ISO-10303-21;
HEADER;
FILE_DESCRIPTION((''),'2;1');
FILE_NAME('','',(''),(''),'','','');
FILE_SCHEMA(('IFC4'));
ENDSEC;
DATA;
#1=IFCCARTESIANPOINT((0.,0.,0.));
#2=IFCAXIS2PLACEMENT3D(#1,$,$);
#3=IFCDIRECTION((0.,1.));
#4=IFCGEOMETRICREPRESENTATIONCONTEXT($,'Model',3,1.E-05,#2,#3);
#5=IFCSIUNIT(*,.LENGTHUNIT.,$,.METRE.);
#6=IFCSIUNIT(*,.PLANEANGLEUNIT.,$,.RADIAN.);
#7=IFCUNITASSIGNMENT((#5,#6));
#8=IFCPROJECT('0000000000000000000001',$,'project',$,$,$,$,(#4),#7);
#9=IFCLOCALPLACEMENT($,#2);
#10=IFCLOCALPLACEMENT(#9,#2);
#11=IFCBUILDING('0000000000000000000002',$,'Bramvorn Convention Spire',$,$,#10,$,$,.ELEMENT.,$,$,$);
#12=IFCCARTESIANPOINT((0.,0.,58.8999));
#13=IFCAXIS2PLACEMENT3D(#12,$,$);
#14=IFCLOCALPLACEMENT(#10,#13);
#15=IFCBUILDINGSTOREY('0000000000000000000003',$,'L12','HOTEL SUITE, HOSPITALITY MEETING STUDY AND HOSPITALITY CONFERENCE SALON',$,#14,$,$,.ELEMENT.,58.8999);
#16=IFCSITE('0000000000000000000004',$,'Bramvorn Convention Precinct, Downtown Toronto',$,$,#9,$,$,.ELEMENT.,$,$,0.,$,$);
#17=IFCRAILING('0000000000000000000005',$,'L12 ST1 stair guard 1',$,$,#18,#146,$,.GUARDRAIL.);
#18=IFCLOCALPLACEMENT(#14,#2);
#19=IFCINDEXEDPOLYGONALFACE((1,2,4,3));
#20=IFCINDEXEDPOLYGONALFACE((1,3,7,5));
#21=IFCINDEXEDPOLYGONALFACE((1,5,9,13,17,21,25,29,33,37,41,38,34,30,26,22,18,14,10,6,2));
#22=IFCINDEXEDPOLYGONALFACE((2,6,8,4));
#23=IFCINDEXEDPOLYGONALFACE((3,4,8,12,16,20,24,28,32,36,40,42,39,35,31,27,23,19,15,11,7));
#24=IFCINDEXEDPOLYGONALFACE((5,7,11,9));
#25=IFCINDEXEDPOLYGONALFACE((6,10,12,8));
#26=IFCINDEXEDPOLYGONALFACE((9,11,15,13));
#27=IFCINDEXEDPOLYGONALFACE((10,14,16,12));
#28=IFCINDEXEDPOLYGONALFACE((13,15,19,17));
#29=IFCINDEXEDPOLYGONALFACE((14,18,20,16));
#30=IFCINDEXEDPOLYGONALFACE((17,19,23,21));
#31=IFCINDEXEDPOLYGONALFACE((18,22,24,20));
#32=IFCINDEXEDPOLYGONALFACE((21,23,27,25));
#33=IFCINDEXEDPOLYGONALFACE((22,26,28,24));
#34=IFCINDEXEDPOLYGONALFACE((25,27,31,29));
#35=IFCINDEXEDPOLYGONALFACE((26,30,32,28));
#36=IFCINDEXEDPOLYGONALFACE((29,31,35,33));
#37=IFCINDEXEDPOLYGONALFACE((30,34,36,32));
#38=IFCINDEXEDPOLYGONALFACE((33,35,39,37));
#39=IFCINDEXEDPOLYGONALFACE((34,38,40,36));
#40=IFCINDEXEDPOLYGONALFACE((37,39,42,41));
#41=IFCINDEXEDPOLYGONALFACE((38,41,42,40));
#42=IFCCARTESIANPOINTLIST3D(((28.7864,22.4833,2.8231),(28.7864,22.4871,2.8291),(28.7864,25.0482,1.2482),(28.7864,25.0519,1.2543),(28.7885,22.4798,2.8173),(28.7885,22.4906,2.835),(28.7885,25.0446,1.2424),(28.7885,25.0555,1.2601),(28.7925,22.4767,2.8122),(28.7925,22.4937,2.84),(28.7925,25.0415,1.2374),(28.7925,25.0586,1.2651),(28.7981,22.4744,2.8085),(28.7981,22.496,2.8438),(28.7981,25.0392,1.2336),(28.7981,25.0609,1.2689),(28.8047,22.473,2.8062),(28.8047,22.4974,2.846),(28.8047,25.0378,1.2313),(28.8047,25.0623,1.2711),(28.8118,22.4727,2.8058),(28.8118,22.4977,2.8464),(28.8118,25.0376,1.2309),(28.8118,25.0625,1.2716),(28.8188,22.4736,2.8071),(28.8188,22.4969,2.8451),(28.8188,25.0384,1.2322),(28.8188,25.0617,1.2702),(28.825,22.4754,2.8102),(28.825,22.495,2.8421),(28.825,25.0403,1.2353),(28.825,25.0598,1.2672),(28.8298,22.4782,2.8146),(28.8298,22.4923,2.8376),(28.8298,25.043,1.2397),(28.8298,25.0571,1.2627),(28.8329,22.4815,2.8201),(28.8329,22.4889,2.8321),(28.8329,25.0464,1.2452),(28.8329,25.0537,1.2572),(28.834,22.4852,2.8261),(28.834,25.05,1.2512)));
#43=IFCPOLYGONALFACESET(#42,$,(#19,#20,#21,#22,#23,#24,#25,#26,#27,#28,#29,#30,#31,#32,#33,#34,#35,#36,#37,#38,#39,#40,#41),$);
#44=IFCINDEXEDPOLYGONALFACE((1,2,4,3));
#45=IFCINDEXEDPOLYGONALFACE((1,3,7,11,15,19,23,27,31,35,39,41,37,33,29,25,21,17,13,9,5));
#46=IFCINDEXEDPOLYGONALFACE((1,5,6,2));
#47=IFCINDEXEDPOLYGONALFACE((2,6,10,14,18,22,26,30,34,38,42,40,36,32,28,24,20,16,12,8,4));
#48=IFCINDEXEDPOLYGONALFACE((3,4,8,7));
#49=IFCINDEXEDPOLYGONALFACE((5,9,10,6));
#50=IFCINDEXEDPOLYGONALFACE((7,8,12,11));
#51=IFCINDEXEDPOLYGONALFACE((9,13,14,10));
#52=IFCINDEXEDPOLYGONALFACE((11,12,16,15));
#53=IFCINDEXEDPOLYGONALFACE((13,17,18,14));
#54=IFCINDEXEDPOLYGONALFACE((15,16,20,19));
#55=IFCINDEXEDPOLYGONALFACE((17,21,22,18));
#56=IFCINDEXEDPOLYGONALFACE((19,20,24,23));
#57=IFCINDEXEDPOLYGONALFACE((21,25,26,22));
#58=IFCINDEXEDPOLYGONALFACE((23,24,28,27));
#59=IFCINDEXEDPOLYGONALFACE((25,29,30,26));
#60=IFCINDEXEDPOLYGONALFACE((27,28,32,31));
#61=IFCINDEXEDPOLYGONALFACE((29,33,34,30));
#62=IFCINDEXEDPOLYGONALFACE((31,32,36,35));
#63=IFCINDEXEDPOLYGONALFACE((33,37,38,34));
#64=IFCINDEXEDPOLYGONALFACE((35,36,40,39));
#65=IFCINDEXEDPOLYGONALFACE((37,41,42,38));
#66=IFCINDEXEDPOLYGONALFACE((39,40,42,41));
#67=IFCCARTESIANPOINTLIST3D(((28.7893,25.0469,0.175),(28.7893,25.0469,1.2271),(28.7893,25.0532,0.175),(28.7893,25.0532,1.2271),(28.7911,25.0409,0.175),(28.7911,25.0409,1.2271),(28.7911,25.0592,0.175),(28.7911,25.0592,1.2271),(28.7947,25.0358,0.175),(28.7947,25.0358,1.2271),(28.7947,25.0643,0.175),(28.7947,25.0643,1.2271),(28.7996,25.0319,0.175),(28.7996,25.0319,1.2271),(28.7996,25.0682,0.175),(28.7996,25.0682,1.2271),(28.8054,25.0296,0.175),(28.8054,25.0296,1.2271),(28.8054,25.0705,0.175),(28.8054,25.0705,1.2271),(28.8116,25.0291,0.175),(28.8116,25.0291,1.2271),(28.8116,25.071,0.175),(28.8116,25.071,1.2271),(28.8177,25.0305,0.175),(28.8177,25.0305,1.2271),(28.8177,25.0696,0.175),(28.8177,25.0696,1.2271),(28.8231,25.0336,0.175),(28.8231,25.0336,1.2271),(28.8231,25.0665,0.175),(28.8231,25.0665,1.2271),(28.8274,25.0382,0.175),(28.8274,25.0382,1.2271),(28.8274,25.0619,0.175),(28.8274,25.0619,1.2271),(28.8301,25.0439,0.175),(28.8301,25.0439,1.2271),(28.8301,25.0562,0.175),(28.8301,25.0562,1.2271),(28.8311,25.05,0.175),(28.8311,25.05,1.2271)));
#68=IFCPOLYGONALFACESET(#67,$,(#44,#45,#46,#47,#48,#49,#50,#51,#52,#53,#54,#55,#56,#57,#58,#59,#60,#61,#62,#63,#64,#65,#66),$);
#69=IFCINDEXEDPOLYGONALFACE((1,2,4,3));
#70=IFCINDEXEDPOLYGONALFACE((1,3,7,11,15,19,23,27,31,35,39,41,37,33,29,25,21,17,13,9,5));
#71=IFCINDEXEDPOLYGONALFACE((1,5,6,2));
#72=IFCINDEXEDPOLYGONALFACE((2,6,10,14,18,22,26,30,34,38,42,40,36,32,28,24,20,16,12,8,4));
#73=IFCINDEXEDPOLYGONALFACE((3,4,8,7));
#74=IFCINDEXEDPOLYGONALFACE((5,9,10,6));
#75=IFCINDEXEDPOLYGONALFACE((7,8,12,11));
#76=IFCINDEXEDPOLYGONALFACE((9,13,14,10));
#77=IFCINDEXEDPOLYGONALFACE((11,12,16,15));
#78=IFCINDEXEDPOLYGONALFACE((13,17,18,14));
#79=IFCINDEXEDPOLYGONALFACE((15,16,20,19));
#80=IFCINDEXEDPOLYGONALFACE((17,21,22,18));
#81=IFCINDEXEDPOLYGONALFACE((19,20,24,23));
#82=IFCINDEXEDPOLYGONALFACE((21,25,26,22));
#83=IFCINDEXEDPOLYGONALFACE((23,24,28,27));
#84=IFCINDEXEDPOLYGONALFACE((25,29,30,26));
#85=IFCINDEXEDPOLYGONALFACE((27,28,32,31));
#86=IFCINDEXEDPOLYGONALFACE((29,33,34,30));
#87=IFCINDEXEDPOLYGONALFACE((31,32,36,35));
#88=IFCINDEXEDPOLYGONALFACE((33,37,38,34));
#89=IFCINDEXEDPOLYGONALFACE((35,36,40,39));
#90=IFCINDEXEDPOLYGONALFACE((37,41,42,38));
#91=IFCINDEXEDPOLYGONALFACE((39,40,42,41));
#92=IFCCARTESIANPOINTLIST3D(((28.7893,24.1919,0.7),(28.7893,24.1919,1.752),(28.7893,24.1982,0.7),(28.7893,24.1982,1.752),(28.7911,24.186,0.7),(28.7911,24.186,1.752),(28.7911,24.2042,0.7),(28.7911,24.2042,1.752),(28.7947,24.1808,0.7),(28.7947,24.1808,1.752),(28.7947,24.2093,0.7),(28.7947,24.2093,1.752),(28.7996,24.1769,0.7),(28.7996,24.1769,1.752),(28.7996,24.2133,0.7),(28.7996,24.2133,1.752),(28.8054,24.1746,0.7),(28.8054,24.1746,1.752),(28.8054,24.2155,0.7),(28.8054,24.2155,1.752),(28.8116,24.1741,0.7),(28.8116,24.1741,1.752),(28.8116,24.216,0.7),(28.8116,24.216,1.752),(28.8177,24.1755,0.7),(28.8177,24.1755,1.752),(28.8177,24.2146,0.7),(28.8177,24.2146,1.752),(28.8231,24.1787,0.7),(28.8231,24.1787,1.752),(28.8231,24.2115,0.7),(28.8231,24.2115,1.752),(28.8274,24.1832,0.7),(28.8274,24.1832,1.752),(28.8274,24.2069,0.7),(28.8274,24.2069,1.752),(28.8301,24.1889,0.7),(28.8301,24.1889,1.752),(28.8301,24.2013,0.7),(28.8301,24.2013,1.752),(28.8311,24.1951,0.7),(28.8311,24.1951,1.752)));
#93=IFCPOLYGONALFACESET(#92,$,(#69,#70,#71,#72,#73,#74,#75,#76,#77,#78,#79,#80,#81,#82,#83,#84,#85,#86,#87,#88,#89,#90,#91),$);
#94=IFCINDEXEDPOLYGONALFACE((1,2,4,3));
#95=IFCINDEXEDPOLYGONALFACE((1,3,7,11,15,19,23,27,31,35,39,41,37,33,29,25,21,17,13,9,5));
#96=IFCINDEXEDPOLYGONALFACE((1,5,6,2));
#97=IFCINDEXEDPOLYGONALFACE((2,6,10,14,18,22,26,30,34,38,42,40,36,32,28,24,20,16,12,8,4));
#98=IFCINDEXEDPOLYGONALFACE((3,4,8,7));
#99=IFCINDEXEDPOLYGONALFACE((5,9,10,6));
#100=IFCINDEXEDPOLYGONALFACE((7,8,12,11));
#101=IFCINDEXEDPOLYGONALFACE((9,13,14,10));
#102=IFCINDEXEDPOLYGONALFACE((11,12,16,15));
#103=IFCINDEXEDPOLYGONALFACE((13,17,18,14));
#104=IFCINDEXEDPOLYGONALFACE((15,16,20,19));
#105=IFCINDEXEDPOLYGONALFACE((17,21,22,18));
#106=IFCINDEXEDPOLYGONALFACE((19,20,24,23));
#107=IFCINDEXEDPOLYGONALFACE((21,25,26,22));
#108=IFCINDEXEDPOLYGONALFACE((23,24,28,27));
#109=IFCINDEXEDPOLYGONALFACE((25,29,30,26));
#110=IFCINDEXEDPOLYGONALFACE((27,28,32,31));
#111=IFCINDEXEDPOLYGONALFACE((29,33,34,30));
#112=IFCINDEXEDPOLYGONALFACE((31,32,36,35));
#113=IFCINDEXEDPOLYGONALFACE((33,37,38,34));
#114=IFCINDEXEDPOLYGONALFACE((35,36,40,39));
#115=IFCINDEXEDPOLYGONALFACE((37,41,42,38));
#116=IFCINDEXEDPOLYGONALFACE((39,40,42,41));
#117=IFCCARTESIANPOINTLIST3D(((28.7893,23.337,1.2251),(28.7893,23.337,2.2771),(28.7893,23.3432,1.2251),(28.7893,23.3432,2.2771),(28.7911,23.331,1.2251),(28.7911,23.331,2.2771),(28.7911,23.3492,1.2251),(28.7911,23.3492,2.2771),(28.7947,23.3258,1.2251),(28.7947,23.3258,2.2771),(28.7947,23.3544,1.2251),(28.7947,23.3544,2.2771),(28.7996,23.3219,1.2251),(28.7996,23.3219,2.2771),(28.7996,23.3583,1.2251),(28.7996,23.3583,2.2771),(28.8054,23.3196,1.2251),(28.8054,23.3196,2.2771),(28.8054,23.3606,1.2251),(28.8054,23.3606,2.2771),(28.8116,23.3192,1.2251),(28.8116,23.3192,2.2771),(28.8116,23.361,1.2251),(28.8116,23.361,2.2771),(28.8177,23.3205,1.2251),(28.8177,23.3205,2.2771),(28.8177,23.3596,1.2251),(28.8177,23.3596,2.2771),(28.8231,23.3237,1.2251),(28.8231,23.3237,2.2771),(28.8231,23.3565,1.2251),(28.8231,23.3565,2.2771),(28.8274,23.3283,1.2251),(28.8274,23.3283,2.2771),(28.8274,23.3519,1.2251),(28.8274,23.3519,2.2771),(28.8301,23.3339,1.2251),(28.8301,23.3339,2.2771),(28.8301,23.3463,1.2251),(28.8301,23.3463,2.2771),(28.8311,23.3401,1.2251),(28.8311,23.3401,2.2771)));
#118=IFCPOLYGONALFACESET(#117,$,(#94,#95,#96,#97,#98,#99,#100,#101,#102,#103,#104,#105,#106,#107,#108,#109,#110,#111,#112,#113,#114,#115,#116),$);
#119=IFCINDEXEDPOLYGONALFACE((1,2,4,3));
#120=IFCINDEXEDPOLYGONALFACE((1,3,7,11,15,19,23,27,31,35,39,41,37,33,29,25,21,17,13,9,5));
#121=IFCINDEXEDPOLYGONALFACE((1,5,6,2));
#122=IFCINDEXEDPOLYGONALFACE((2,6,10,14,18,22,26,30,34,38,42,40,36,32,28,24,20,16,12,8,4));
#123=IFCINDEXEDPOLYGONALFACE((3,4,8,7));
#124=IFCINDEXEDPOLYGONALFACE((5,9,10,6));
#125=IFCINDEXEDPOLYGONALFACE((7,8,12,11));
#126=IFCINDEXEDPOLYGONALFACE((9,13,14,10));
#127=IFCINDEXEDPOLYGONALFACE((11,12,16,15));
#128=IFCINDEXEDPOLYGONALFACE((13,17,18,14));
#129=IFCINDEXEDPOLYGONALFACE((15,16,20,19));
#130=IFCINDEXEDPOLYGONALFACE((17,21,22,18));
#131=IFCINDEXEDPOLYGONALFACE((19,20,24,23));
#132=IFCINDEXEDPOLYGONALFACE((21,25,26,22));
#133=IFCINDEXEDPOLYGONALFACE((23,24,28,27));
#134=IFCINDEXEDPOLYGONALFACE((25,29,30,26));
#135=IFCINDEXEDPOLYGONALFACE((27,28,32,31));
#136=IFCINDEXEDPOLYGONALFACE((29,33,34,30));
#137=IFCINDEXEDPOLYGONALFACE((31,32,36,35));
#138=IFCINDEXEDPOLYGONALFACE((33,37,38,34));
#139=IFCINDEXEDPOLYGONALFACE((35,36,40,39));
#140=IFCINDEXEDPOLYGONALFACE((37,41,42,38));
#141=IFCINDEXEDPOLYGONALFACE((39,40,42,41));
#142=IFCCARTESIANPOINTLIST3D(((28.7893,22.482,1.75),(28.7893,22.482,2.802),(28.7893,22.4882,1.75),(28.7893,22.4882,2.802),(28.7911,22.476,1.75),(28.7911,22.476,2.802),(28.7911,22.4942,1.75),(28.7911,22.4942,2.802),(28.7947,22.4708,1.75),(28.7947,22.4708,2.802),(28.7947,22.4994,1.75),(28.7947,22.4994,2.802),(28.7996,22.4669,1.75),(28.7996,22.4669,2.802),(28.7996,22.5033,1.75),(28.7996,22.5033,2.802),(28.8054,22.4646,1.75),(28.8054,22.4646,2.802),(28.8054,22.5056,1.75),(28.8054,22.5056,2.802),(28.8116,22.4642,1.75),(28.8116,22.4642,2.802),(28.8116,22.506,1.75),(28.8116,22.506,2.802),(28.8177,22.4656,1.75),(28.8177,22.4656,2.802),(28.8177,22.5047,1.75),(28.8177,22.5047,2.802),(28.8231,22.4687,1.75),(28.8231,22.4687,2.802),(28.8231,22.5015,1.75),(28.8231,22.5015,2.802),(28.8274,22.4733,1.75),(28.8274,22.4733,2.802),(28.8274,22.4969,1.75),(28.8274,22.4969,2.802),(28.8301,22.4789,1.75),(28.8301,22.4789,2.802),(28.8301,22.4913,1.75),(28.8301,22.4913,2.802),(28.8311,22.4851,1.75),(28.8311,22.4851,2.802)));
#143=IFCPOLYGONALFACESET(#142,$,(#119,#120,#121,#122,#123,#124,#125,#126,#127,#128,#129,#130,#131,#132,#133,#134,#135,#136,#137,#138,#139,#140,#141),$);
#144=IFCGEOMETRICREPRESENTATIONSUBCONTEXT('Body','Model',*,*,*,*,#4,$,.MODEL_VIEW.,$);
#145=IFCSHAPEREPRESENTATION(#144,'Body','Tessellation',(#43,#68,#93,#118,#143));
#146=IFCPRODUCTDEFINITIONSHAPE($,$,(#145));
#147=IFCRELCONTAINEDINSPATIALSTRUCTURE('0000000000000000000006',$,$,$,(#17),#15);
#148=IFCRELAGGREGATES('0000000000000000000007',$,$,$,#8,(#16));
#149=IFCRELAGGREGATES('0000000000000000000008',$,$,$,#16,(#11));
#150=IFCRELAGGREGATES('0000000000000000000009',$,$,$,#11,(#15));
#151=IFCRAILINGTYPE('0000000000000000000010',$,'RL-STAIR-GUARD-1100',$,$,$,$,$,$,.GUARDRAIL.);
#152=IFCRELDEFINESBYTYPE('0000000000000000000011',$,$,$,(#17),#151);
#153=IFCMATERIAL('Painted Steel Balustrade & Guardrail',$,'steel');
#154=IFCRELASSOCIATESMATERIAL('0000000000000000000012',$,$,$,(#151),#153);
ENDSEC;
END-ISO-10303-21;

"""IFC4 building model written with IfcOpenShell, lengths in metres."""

from ifc_helpers import new_model, si_unit, direction, frame, origin, origin_2d, place, context, subcontext, project, spatial, circle, extrude, material, type_object, element, save


model = new_model("IFC4")

# Units and contexts
model_context = context("Model", 3, precision=1e-05, world=origin(), true_north=direction((0.0, 1.0)))
body_context = subcontext(model_context, "Body", "Model", "MODEL_VIEW")
ifc_project = project(units=[si_unit("LENGTHUNIT", "METRE"), si_unit("PLANEANGLEUNIT", "RADIAN")], contexts=[model_context])

# Site, building, storey
site_placement = place(None, origin())
site = spatial("IfcSite", under=ifc_project, at=site_placement, Name="Bramvorn Convention Precinct, Downtown Toronto", CompositionType="ELEMENT", RefElevation=0.0)
building_placement = place(site_placement, origin())
building = spatial("IfcBuilding", under=site, at=building_placement, Name="Bramvorn Convention Spire", CompositionType="ELEMENT")
storey_placement = place(building_placement, frame((0.0, 0.0, 58.8999)))
storey = spatial("IfcBuildingStorey", under=building, at=storey_placement, Name="L12", Description="HOTEL SUITE, HOSPITALITY MEETING STUDY AND HOSPITALITY CONFERENCE SALON", CompositionType="ELEMENT", Elevation=58.8999)

# Railing
ifc_material_1 = material(Name="Painted Steel Balustrade & Guardrail", Category="steel")
railing_type_1 = type_object("IfcRailingType", Name="RL-STAIR-GUARD-1100", PredefinedType="GUARDRAIL", material=ifc_material_1)
railing_1_placement = place(storey_placement, frame((28.8101, 25.05, 0.175)))
element("IfcRailing", 1, at=railing_1_placement, inside=storey, type_object=railing_type_1, Name="L12 ST1 stair guard 1", PredefinedType="GUARDRAIL", context=body_context, shape_type="SweptSolid", body=[
    extrude(circle(Radius=0.0239, at=origin_2d()), frame((0.0, 0.0, 1.0762), z_axis=(0.0, -0.852173, 0.52326), x_axis=(1.0, 0.0, 0.0)), (0.0, 0.0, 1.0), 3.0098),
    extrude(circle(Radius=0.021, at=origin_2d()), origin(), (0.0, 0.0, 1.0), 1.052),
    extrude(circle(Radius=0.021, at=origin_2d()), frame((0.0, -0.855, 0.5249)), (0.0, 0.0, 1.0), 1.052),
    extrude(circle(Radius=0.021, at=origin_2d()), frame((0.0, -1.71, 1.05)), (0.0, 0.0, 1.0), 1.052),
    extrude(circle(Radius=0.021, at=origin_2d()), frame((0.0, -2.5649, 1.575)), (0.0, 0.0, 1.0), 1.052),
])

save(model, "model.ifc")
